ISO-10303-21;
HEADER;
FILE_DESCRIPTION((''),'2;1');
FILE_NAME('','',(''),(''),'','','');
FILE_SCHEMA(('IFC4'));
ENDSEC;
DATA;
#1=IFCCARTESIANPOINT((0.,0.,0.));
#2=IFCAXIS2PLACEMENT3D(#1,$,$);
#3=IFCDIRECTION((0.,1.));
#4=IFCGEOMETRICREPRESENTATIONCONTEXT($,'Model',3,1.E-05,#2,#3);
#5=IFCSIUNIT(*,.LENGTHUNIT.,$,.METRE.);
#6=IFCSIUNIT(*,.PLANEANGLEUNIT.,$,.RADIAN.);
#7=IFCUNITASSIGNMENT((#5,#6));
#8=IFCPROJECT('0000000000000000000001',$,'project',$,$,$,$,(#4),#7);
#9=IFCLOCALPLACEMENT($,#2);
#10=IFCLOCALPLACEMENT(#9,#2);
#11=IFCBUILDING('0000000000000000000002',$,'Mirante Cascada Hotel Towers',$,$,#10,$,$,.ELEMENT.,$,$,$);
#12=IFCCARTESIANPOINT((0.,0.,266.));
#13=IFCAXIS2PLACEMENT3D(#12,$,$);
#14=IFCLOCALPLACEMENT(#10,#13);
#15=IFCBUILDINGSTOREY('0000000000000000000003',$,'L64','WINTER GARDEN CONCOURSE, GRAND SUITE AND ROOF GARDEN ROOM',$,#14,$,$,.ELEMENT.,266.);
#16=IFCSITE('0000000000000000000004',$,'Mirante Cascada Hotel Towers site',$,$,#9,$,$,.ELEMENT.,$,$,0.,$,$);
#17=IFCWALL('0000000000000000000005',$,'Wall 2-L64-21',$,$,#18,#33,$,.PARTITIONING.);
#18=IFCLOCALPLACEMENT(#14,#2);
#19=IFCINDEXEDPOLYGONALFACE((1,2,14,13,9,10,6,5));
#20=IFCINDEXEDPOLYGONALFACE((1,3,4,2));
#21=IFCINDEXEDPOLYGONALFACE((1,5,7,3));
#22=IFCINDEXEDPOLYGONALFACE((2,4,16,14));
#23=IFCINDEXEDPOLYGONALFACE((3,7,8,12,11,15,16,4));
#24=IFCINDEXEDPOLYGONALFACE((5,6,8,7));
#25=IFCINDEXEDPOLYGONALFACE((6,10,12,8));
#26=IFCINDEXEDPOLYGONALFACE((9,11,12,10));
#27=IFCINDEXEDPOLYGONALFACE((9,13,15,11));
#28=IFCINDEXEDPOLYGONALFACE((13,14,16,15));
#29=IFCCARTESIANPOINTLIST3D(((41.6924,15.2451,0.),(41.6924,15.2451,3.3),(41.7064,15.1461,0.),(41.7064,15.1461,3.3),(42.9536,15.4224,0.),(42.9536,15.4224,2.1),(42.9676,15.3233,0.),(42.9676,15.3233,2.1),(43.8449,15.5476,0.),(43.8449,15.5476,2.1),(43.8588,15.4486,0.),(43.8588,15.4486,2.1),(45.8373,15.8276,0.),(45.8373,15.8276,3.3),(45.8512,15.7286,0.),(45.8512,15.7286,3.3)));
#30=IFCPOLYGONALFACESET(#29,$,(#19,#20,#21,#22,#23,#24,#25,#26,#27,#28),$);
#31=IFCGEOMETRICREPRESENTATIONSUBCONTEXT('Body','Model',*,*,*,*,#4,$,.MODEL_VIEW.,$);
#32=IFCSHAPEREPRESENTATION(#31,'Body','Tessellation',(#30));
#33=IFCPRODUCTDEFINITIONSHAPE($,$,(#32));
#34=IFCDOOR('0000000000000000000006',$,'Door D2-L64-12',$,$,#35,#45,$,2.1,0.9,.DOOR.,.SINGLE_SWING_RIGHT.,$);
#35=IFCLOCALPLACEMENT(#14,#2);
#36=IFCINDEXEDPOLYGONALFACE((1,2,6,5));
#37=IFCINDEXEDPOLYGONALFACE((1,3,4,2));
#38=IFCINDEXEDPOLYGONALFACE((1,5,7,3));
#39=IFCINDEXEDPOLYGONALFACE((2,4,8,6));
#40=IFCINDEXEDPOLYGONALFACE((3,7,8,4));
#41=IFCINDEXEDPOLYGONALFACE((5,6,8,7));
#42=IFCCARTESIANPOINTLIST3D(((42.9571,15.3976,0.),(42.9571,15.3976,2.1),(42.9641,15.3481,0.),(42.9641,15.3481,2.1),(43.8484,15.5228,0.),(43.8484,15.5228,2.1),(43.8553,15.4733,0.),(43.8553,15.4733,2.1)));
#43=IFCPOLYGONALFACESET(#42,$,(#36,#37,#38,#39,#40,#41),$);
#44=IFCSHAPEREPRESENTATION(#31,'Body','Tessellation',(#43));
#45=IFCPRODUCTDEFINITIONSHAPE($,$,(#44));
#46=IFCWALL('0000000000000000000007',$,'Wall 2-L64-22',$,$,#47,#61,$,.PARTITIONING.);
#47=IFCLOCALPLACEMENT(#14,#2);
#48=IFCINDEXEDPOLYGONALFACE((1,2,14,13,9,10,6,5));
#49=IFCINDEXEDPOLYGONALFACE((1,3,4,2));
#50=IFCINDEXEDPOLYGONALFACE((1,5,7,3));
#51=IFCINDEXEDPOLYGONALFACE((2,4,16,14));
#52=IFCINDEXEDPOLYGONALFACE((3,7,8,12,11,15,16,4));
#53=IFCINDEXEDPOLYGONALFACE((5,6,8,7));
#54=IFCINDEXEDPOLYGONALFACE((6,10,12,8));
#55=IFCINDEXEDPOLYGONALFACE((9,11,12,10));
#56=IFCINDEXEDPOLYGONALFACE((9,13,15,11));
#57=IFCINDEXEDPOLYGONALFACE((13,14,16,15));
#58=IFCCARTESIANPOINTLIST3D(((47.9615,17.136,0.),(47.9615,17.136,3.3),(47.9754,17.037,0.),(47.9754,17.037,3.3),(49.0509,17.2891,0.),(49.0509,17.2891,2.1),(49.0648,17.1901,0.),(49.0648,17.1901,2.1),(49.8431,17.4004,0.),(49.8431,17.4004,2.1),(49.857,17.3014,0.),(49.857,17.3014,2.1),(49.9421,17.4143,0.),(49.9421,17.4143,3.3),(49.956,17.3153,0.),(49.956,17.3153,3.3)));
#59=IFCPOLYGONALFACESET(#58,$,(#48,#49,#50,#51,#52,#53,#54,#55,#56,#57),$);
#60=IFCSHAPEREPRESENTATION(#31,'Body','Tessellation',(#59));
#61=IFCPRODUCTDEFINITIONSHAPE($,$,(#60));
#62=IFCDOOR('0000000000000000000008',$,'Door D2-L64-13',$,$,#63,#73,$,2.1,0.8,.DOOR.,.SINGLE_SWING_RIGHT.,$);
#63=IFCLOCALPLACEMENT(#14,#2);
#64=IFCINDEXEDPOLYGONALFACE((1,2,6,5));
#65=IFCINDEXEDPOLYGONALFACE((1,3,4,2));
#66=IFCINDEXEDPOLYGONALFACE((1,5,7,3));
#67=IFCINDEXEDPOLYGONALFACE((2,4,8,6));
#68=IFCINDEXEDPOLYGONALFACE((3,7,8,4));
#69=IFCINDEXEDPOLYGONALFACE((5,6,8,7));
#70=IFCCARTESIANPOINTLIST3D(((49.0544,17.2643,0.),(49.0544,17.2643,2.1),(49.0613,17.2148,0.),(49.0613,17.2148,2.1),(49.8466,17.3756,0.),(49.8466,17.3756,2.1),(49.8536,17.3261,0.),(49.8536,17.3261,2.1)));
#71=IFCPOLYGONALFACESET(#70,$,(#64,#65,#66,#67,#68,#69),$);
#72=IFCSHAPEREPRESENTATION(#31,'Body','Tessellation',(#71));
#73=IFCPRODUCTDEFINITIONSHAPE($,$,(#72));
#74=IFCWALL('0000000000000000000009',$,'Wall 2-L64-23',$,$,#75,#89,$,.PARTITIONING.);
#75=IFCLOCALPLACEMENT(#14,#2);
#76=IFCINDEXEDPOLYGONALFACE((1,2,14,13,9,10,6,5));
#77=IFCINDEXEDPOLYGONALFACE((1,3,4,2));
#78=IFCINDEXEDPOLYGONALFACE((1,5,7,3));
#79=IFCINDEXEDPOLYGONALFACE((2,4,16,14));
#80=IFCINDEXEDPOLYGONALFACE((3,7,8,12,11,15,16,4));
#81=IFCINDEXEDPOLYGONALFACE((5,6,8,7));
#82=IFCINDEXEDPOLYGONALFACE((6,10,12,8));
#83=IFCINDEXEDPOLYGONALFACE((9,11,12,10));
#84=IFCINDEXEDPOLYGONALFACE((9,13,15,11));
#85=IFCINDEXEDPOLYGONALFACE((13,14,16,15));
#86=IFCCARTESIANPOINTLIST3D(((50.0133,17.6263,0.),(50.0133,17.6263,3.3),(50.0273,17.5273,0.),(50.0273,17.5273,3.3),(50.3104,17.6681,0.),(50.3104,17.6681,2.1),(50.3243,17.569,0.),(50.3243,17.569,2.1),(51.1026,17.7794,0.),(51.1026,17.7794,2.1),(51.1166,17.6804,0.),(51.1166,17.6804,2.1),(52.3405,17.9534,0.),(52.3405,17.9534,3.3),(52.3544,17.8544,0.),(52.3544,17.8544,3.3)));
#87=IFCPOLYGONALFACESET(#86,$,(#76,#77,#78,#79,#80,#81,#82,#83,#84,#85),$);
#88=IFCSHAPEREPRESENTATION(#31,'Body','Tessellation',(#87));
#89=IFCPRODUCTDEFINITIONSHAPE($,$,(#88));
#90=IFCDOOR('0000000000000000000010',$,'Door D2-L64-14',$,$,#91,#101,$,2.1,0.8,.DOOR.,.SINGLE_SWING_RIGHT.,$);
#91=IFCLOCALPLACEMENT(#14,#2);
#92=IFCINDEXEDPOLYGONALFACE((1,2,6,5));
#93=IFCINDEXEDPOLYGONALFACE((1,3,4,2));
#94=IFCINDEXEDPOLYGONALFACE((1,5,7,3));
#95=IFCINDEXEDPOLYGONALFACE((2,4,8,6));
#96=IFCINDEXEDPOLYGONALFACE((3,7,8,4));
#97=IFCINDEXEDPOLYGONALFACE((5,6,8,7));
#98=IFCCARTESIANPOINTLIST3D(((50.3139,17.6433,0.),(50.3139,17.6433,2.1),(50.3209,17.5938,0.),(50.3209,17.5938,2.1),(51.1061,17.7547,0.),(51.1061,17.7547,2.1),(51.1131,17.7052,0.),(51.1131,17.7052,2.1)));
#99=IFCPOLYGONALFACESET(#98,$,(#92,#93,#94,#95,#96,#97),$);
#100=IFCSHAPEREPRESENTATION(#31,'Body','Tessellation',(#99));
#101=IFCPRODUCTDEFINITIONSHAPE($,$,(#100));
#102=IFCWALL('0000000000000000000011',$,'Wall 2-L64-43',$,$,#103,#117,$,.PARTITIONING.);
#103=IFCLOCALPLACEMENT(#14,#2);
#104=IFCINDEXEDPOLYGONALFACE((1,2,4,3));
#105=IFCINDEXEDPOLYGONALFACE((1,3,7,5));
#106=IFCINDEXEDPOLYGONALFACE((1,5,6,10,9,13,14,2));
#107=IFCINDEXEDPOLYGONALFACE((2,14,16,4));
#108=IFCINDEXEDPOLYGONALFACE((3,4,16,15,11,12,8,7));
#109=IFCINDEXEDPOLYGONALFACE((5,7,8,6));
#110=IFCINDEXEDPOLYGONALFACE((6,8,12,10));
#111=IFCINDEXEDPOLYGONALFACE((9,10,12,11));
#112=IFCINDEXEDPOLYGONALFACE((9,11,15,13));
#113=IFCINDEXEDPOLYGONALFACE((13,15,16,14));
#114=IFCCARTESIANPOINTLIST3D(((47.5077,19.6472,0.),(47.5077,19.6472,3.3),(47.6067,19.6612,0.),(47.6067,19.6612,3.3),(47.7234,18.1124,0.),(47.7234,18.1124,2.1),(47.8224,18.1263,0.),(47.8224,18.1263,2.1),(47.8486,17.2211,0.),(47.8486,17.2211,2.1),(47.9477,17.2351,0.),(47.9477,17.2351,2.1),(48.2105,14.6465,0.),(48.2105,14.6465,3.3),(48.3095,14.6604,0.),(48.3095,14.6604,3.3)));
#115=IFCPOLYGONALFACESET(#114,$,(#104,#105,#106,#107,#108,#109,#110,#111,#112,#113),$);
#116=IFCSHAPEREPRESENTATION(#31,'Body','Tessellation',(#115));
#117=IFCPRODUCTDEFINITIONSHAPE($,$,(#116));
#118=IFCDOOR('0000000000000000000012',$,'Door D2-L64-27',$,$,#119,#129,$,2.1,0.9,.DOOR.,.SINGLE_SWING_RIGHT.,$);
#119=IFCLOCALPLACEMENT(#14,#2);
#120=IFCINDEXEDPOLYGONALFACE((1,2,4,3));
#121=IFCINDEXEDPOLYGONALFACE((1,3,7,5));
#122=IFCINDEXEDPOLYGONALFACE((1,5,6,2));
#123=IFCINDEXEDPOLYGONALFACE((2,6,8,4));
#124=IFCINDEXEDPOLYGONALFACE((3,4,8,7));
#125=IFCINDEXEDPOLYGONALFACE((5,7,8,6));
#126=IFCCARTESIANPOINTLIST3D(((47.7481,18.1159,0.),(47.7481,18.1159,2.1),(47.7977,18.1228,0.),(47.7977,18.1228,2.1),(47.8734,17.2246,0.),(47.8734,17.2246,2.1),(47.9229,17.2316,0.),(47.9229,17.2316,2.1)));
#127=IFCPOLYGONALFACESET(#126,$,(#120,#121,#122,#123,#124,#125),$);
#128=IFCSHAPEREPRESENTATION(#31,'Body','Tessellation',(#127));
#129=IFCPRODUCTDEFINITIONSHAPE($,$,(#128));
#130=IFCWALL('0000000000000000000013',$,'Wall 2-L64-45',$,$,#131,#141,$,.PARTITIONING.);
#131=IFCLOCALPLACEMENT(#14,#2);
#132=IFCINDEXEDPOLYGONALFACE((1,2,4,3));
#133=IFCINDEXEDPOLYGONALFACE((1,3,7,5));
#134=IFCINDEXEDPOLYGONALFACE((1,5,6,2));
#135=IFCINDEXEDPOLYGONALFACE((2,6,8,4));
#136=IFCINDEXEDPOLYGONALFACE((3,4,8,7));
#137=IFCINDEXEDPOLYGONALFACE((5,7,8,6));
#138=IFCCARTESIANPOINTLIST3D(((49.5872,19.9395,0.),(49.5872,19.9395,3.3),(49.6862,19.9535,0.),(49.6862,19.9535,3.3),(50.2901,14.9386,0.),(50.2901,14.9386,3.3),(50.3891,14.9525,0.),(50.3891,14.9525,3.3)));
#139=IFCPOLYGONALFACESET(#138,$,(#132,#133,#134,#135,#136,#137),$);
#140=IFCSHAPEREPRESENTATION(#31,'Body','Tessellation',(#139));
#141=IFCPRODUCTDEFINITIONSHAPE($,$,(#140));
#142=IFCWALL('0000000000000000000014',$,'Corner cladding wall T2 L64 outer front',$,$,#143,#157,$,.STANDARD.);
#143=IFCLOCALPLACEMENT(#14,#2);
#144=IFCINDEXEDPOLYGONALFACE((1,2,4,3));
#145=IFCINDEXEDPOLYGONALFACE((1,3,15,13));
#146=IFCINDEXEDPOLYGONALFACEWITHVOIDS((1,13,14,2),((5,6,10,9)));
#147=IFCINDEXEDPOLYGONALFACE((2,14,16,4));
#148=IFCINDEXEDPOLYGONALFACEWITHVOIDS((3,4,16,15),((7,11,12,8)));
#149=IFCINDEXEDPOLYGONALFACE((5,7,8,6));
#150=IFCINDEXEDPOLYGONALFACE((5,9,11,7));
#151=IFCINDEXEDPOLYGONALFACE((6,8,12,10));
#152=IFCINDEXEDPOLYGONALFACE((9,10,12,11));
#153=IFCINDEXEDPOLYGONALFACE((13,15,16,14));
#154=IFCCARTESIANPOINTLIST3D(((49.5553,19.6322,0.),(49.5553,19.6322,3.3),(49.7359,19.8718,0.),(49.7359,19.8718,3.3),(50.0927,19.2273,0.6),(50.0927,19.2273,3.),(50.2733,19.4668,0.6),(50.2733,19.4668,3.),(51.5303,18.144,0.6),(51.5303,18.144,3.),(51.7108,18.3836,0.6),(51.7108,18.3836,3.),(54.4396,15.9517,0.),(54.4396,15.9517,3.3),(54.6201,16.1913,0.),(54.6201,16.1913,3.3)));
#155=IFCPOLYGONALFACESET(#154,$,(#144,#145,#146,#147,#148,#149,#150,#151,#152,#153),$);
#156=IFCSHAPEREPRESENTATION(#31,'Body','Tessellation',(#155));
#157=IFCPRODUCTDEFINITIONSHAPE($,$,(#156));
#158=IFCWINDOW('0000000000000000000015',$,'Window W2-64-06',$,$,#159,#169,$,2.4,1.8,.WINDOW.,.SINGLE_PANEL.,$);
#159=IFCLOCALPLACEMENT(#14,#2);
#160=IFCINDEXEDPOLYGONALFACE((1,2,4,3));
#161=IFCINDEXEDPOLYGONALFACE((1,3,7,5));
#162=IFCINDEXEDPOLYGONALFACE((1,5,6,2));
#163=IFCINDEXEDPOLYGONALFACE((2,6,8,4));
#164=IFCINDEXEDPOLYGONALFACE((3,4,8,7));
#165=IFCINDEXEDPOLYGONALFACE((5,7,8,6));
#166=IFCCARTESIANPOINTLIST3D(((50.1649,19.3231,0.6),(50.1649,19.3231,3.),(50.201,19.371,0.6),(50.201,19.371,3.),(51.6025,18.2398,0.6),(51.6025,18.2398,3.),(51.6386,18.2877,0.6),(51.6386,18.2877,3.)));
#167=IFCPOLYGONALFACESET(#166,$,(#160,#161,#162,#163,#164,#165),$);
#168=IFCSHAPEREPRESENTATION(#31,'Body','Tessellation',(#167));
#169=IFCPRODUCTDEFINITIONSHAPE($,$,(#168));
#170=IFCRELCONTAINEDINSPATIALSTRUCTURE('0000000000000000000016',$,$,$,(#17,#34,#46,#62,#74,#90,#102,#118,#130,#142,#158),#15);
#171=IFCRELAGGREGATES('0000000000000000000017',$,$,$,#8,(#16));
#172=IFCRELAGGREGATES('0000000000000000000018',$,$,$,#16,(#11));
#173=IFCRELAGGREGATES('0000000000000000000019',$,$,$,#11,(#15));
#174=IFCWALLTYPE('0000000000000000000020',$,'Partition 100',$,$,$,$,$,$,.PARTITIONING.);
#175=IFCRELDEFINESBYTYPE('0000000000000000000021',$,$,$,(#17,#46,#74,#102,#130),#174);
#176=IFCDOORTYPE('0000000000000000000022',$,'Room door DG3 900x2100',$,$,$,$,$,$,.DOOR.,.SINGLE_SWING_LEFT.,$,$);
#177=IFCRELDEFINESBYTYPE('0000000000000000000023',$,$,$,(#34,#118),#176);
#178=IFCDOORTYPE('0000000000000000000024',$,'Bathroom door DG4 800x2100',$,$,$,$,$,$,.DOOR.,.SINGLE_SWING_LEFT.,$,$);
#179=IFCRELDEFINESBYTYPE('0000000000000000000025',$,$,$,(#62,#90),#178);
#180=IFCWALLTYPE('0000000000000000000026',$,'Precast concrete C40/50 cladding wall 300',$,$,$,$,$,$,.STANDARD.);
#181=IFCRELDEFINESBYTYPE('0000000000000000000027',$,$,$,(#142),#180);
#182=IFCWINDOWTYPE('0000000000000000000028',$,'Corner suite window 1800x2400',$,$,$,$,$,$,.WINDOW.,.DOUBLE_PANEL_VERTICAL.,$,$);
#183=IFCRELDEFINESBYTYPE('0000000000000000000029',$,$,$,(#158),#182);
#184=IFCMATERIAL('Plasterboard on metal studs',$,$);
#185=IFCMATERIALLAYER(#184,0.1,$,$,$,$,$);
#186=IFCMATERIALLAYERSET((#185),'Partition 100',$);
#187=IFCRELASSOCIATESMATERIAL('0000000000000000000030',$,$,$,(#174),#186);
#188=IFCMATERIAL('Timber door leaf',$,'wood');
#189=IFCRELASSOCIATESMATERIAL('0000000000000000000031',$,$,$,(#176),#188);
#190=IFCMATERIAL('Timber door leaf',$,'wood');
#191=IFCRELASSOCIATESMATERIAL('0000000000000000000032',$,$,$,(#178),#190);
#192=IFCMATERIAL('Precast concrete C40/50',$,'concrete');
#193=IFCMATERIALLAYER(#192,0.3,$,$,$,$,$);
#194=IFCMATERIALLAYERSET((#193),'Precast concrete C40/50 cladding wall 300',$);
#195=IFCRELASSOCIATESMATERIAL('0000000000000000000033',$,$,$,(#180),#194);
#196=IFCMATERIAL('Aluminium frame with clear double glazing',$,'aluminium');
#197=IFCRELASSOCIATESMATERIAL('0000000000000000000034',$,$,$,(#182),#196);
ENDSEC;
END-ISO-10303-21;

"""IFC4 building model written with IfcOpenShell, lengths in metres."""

from ifc_helpers import new_model, si_unit, direction, frame, frame_2d, origin, place, context, subcontext, project, spatial, rectangle, extrude, material, layer, layer_set, type_object, element, fill, save


model = new_model("IFC4")

# Units and contexts
model_context = context("Model", 3, precision=1e-05, world=origin(), true_north=direction((0.0, 1.0)))
body_context = subcontext(model_context, "Body", "Model", "MODEL_VIEW")
ifc_project = project(units=[si_unit("LENGTHUNIT", "METRE"), si_unit("PLANEANGLEUNIT", "RADIAN")], contexts=[model_context])

# Site, building, storey
site_placement = place(None, origin())
site = spatial("IfcSite", under=ifc_project, at=site_placement, Name="Mirante Cascada Hotel Towers site", CompositionType="ELEMENT", RefElevation=0.0)
building_placement = place(site_placement, origin())
building = spatial("IfcBuilding", under=site, at=building_placement, Name="Mirante Cascada Hotel Towers", CompositionType="ELEMENT")
storey_placement = place(building_placement, frame((0.0, 0.0, 266.0)))
storey = spatial("IfcBuildingStorey", under=building, at=storey_placement, Name="L64", Description="WINTER GARDEN CONCOURSE, GRAND SUITE AND ROOF GARDEN ROOM", CompositionType="ELEMENT", Elevation=266.0)

# Shared definitions
ifc_material_1 = material(Name="Plasterboard on metal studs")
ifc_layer_1 = layer(ifc_material_1, 0.1)
ifc_layer_set_1 = layer_set([ifc_layer_1], Name="Partition 100")
wall_type_1 = type_object("IfcWallType", Name="Partition 100", PredefinedType="PARTITIONING", material=ifc_layer_set_1)

# Walls, openings, doors
ifc_material_2 = material(Name="Timber door leaf", Category="wood")
door_type_1 = type_object("IfcDoorType", Name="Room door DG3 900x2100", OperationType="SINGLE_SWING_LEFT", PredefinedType="DOOR", material=ifc_material_2)
wall_1_placement = place(storey_placement, frame((41.6994, 15.1956, 0.0), z_axis=(0.0, 0.0, 1.0), x_axis=(0.990269, 0.139167, 0.0)))
wall_1 = element("IfcWall", 1, at=wall_1_placement, inside=storey, type_object=wall_type_1, Name="Wall 2-L64-21", PredefinedType="PARTITIONING", context=body_context, shape_type="SweptSolid", body=[
    extrude(rectangle(XDim=4.1856, YDim=0.1, at=frame_2d((2.0928, 0.0))), origin(), (0.0, 0.0, 1.0), 3.3),
])
opening_1_placement = place(wall_1_placement, frame((1.2736, 0.0, 0.0)))
opening_1 = element("IfcOpeningElement", 2, at=opening_1_placement, cuts=wall_1, PredefinedType="OPENING", context=body_context, shape_type="SweptSolid", body=[
    extrude(rectangle(XDim=0.9, YDim=2.1, at=frame_2d((0.45, 1.05))), frame((0.0, 0.05, 0.0), z_axis=(0.0, -1.0, 0.0), x_axis=(1.0, 0.0, 0.0)), (0.0, 0.0, 1.0), 0.1),
])
door_1_placement = place(opening_1_placement, frame((0.9, 0.0, 0.0), z_axis=(0.0, 0.0, 1.0), x_axis=(-1.0, 0.0, 0.0)))
door_1 = element("IfcDoor", 3, at=door_1_placement, inside=storey, type_object=door_type_1, Name="Door D2-L64-12", OperationType="SINGLE_SWING_RIGHT", OverallHeight=2.1, OverallWidth=0.9, PredefinedType="DOOR", context=body_context, shape_type="SweptSolid", body=[
    extrude(rectangle(XDim=0.9, YDim=2.1, at=frame_2d((0.45, 1.05))), frame((0.0, 0.025, 0.0), z_axis=(0.0, -1.0, 0.0), x_axis=(1.0, 0.0, 0.0)), (0.0, 0.0, 1.0), 0.05),
])
fill(opening_1, door_1)
wall_2_placement = place(storey_placement, frame((49.9491, 17.3648, 0.0), z_axis=(0.0, 0.0, 1.0), x_axis=(-0.990272, -0.139146, 0.0)))
wall_2 = element("IfcWall", 4, at=wall_2_placement, inside=storey, type_object=wall_type_1, Name="Wall 2-L64-22", PredefinedType="PARTITIONING", context=body_context, shape_type="SweptSolid", body=[
    extrude(rectangle(XDim=2.0001, YDim=0.1, at=frame_2d((1.0001, 0.0))), origin(), (0.0, 0.0, 1.0), 3.3),
])
opening_2_placement = place(wall_2_placement, frame((0.1, 0.0, 0.0)))
opening_2 = element("IfcOpeningElement", 5, at=opening_2_placement, cuts=wall_2, PredefinedType="OPENING", context=body_context, shape_type="SweptSolid", body=[
    extrude(rectangle(XDim=0.8, YDim=2.1, at=frame_2d((0.4, 1.05))), frame((0.0, 0.05, 0.0), z_axis=(0.0, -1.0, 0.0), x_axis=(1.0, 0.0, 0.0)), (0.0, 0.0, 1.0), 0.1),
])
ifc_material_3 = material(Name="Timber door leaf", Category="wood")
door_type_2 = type_object("IfcDoorType", Name="Bathroom door DG4 800x2100", OperationType="SINGLE_SWING_LEFT", PredefinedType="DOOR", material=ifc_material_3)
door_2_placement = place(opening_2_placement, frame((0.8, 0.0, 0.0), z_axis=(0.0, 0.0, 1.0), x_axis=(-1.0, 0.0, 0.0)))
door_2 = element("IfcDoor", 6, at=door_2_placement, inside=storey, type_object=door_type_2, Name="Door D2-L64-13", OperationType="SINGLE_SWING_RIGHT", OverallHeight=2.1, OverallWidth=0.8, PredefinedType="DOOR", context=body_context, shape_type="SweptSolid", body=[
    extrude(rectangle(XDim=0.8, YDim=2.1, at=frame_2d((0.4, 1.05))), frame((0.0, 0.025, 0.0), z_axis=(0.0, -1.0, 0.0), x_axis=(1.0, 0.0, 0.0)), (0.0, 0.0, 1.0), 0.05),
])
fill(opening_2, door_2)
wall_3_placement = place(storey_placement, frame((50.0203, 17.5768, 0.0), z_axis=(0.0, 0.0, 1.0), x_axis=(0.990265, 0.139193, 0.0)))
wall_3 = element("IfcWall", 7, at=wall_3_placement, inside=storey, type_object=wall_type_1, Name="Wall 2-L64-23", PredefinedType="PARTITIONING", context=body_context, shape_type="SweptSolid", body=[
    extrude(rectangle(XDim=2.35, YDim=0.1, at=frame_2d((1.175, 0.0))), origin(), (0.0, 0.0, 1.0), 3.3),
])
opening_3_placement = place(wall_3_placement, frame((0.3, 0.0, 0.0)))
opening_3 = element("IfcOpeningElement", 8, at=opening_3_placement, cuts=wall_3, PredefinedType="OPENING", context=body_context, shape_type="SweptSolid", body=[
    extrude(rectangle(XDim=0.8, YDim=2.1, at=frame_2d((0.4, 1.05))), frame((0.0, 0.05, 0.0), z_axis=(0.0, -1.0, 0.0), x_axis=(1.0, 0.0, 0.0)), (0.0, 0.0, 1.0), 0.1),
])
door_3_placement = place(opening_3_placement, frame((0.8, 0.0, 0.0), z_axis=(0.0, 0.0, 1.0), x_axis=(-1.0, 0.0, 0.0)))
door_3 = element("IfcDoor", 9, at=door_3_placement, inside=storey, type_object=door_type_2, Name="Door D2-L64-14", OperationType="SINGLE_SWING_RIGHT", OverallHeight=2.1, OverallWidth=0.8, PredefinedType="DOOR", context=body_context, shape_type="SweptSolid", body=[
    extrude(rectangle(XDim=0.8, YDim=2.1, at=frame_2d((0.4, 1.05))), frame((0.0, 0.025, 0.0), z_axis=(0.0, -1.0, 0.0), x_axis=(1.0, 0.0, 0.0)), (0.0, 0.0, 1.0), 0.05),
])
fill(opening_3, door_3)
wall_4_placement = place(storey_placement, frame((48.26, 14.6534, 0.0), z_axis=(0.0, 0.0, 1.0), x_axis=(-0.13917, 0.990268, 0.0)))
wall_4 = element("IfcWall", 10, at=wall_4_placement, inside=storey, type_object=wall_type_1, Name="Wall 2-L64-43", PredefinedType="PARTITIONING", context=body_context, shape_type="SweptSolid", body=[
    extrude(rectangle(XDim=5.0499, YDim=0.1, at=frame_2d((2.525, 0.0))), origin(), (0.0, 0.0, 1.0), 3.3),
])
opening_4_placement = place(wall_4_placement, frame((2.6, 0.0, 0.0)))
opening_4 = element("IfcOpeningElement", 11, at=opening_4_placement, cuts=wall_4, PredefinedType="OPENING", context=body_context, shape_type="SweptSolid", body=[
    extrude(rectangle(XDim=0.9, YDim=2.1, at=frame_2d((0.45, 1.05))), frame((0.0, 0.05, 0.0), z_axis=(0.0, -1.0, 0.0), x_axis=(1.0, 0.0, 0.0)), (0.0, 0.0, 1.0), 0.1),
])
door_4_placement = place(opening_4_placement, frame((0.9, 0.0, 0.0), z_axis=(0.0, 0.0, 1.0), x_axis=(-1.0, 0.0, 0.0)))
door_4 = element("IfcDoor", 12, at=door_4_placement, inside=storey, type_object=door_type_1, Name="Door D2-L64-27", OperationType="SINGLE_SWING_RIGHT", OverallHeight=2.1, OverallWidth=0.9, PredefinedType="DOOR", context=body_context, shape_type="SweptSolid", body=[
    extrude(rectangle(XDim=0.9, YDim=2.1, at=frame_2d((0.45, 1.05))), frame((0.0, 0.025, 0.0), z_axis=(0.0, -1.0, 0.0), x_axis=(1.0, 0.0, 0.0)), (0.0, 0.0, 1.0), 0.05),
])
fill(opening_4, door_4)

# Wall
wall_5_placement = place(storey_placement, frame((50.3396, 14.9456, 0.0), z_axis=(0.0, 0.0, 1.0), x_axis=(-0.139187, 0.990266, 0.0)))
element("IfcWall", 13, at=wall_5_placement, inside=storey, type_object=wall_type_1, Name="Wall 2-L64-45", PredefinedType="PARTITIONING", context=body_context, shape_type="SweptSolid", body=[
    extrude(rectangle(XDim=5.0501, YDim=0.1, at=frame_2d((2.525, 0.0))), origin(), (0.0, 0.0, 1.0), 3.3),
])

# Wall, opening, window
ifc_material_4 = material(Name="Precast concrete C40/50", Category="concrete")
ifc_layer_2 = layer(ifc_material_4, 0.3)
ifc_layer_set_2 = layer_set([ifc_layer_2], Name="Precast concrete C40/50 cladding wall 300")
wall_type_2 = type_object("IfcWallType", Name="Precast concrete C40/50 cladding wall 300", PredefinedType="STANDARD", material=ifc_layer_set_2)
wall_6_placement = place(storey_placement, frame((54.5298, 16.0715, 0.0), z_axis=(0.0, 0.0, 1.0), x_axis=(-0.798636, 0.601814, 0.0)))
wall_6 = element("IfcWall", 14, at=wall_6_placement, inside=storey, type_object=wall_type_2, Name="Corner cladding wall T2 L64 outer front", PredefinedType="STANDARD", context=body_context, shape_type="SweptSolid", body=[
    extrude(rectangle(XDim=6.1157, YDim=0.3, at=frame_2d((3.0578, 0.0))), origin(), (0.0, 0.0, 1.0), 3.3),
])
opening_5_placement = place(wall_6_placement, frame((3.6428, 0.0, 0.6)))
opening_5 = element("IfcOpeningElement", 15, at=opening_5_placement, cuts=wall_6, PredefinedType="OPENING", context=body_context, shape_type="SweptSolid", body=[
    extrude(rectangle(XDim=1.8, YDim=2.4, at=frame_2d((0.9, 1.2))), frame((0.0, 0.15, 0.0), z_axis=(0.0, -1.0, 0.0), x_axis=(1.0, 0.0, 0.0)), (0.0, 0.0, 1.0), 0.3),
])
ifc_material_5 = material(Name="Aluminium frame with clear double glazing", Category="aluminium")
window_type = type_object("IfcWindowType", Name="Corner suite window 1800x2400", PartitioningType="DOUBLE_PANEL_VERTICAL", PredefinedType="WINDOW", material=ifc_material_5)
window_placement = place(opening_5_placement, origin())
window = element("IfcWindow", 16, at=window_placement, inside=storey, type_object=window_type, Name="Window W2-64-06", OverallHeight=2.4, OverallWidth=1.8, PartitioningType="SINGLE_PANEL", PredefinedType="WINDOW", context=body_context, shape_type="SweptSolid", body=[
    extrude(rectangle(XDim=1.8, YDim=2.4, at=frame_2d((0.9, 1.2))), frame((0.0, 0.03, 0.0), z_axis=(0.0, -1.0, 0.0), x_axis=(1.0, 0.0, 0.0)), (0.0, 0.0, 1.0), 0.06),
])
fill(opening_5, window)

save(model, "model.ifc")
